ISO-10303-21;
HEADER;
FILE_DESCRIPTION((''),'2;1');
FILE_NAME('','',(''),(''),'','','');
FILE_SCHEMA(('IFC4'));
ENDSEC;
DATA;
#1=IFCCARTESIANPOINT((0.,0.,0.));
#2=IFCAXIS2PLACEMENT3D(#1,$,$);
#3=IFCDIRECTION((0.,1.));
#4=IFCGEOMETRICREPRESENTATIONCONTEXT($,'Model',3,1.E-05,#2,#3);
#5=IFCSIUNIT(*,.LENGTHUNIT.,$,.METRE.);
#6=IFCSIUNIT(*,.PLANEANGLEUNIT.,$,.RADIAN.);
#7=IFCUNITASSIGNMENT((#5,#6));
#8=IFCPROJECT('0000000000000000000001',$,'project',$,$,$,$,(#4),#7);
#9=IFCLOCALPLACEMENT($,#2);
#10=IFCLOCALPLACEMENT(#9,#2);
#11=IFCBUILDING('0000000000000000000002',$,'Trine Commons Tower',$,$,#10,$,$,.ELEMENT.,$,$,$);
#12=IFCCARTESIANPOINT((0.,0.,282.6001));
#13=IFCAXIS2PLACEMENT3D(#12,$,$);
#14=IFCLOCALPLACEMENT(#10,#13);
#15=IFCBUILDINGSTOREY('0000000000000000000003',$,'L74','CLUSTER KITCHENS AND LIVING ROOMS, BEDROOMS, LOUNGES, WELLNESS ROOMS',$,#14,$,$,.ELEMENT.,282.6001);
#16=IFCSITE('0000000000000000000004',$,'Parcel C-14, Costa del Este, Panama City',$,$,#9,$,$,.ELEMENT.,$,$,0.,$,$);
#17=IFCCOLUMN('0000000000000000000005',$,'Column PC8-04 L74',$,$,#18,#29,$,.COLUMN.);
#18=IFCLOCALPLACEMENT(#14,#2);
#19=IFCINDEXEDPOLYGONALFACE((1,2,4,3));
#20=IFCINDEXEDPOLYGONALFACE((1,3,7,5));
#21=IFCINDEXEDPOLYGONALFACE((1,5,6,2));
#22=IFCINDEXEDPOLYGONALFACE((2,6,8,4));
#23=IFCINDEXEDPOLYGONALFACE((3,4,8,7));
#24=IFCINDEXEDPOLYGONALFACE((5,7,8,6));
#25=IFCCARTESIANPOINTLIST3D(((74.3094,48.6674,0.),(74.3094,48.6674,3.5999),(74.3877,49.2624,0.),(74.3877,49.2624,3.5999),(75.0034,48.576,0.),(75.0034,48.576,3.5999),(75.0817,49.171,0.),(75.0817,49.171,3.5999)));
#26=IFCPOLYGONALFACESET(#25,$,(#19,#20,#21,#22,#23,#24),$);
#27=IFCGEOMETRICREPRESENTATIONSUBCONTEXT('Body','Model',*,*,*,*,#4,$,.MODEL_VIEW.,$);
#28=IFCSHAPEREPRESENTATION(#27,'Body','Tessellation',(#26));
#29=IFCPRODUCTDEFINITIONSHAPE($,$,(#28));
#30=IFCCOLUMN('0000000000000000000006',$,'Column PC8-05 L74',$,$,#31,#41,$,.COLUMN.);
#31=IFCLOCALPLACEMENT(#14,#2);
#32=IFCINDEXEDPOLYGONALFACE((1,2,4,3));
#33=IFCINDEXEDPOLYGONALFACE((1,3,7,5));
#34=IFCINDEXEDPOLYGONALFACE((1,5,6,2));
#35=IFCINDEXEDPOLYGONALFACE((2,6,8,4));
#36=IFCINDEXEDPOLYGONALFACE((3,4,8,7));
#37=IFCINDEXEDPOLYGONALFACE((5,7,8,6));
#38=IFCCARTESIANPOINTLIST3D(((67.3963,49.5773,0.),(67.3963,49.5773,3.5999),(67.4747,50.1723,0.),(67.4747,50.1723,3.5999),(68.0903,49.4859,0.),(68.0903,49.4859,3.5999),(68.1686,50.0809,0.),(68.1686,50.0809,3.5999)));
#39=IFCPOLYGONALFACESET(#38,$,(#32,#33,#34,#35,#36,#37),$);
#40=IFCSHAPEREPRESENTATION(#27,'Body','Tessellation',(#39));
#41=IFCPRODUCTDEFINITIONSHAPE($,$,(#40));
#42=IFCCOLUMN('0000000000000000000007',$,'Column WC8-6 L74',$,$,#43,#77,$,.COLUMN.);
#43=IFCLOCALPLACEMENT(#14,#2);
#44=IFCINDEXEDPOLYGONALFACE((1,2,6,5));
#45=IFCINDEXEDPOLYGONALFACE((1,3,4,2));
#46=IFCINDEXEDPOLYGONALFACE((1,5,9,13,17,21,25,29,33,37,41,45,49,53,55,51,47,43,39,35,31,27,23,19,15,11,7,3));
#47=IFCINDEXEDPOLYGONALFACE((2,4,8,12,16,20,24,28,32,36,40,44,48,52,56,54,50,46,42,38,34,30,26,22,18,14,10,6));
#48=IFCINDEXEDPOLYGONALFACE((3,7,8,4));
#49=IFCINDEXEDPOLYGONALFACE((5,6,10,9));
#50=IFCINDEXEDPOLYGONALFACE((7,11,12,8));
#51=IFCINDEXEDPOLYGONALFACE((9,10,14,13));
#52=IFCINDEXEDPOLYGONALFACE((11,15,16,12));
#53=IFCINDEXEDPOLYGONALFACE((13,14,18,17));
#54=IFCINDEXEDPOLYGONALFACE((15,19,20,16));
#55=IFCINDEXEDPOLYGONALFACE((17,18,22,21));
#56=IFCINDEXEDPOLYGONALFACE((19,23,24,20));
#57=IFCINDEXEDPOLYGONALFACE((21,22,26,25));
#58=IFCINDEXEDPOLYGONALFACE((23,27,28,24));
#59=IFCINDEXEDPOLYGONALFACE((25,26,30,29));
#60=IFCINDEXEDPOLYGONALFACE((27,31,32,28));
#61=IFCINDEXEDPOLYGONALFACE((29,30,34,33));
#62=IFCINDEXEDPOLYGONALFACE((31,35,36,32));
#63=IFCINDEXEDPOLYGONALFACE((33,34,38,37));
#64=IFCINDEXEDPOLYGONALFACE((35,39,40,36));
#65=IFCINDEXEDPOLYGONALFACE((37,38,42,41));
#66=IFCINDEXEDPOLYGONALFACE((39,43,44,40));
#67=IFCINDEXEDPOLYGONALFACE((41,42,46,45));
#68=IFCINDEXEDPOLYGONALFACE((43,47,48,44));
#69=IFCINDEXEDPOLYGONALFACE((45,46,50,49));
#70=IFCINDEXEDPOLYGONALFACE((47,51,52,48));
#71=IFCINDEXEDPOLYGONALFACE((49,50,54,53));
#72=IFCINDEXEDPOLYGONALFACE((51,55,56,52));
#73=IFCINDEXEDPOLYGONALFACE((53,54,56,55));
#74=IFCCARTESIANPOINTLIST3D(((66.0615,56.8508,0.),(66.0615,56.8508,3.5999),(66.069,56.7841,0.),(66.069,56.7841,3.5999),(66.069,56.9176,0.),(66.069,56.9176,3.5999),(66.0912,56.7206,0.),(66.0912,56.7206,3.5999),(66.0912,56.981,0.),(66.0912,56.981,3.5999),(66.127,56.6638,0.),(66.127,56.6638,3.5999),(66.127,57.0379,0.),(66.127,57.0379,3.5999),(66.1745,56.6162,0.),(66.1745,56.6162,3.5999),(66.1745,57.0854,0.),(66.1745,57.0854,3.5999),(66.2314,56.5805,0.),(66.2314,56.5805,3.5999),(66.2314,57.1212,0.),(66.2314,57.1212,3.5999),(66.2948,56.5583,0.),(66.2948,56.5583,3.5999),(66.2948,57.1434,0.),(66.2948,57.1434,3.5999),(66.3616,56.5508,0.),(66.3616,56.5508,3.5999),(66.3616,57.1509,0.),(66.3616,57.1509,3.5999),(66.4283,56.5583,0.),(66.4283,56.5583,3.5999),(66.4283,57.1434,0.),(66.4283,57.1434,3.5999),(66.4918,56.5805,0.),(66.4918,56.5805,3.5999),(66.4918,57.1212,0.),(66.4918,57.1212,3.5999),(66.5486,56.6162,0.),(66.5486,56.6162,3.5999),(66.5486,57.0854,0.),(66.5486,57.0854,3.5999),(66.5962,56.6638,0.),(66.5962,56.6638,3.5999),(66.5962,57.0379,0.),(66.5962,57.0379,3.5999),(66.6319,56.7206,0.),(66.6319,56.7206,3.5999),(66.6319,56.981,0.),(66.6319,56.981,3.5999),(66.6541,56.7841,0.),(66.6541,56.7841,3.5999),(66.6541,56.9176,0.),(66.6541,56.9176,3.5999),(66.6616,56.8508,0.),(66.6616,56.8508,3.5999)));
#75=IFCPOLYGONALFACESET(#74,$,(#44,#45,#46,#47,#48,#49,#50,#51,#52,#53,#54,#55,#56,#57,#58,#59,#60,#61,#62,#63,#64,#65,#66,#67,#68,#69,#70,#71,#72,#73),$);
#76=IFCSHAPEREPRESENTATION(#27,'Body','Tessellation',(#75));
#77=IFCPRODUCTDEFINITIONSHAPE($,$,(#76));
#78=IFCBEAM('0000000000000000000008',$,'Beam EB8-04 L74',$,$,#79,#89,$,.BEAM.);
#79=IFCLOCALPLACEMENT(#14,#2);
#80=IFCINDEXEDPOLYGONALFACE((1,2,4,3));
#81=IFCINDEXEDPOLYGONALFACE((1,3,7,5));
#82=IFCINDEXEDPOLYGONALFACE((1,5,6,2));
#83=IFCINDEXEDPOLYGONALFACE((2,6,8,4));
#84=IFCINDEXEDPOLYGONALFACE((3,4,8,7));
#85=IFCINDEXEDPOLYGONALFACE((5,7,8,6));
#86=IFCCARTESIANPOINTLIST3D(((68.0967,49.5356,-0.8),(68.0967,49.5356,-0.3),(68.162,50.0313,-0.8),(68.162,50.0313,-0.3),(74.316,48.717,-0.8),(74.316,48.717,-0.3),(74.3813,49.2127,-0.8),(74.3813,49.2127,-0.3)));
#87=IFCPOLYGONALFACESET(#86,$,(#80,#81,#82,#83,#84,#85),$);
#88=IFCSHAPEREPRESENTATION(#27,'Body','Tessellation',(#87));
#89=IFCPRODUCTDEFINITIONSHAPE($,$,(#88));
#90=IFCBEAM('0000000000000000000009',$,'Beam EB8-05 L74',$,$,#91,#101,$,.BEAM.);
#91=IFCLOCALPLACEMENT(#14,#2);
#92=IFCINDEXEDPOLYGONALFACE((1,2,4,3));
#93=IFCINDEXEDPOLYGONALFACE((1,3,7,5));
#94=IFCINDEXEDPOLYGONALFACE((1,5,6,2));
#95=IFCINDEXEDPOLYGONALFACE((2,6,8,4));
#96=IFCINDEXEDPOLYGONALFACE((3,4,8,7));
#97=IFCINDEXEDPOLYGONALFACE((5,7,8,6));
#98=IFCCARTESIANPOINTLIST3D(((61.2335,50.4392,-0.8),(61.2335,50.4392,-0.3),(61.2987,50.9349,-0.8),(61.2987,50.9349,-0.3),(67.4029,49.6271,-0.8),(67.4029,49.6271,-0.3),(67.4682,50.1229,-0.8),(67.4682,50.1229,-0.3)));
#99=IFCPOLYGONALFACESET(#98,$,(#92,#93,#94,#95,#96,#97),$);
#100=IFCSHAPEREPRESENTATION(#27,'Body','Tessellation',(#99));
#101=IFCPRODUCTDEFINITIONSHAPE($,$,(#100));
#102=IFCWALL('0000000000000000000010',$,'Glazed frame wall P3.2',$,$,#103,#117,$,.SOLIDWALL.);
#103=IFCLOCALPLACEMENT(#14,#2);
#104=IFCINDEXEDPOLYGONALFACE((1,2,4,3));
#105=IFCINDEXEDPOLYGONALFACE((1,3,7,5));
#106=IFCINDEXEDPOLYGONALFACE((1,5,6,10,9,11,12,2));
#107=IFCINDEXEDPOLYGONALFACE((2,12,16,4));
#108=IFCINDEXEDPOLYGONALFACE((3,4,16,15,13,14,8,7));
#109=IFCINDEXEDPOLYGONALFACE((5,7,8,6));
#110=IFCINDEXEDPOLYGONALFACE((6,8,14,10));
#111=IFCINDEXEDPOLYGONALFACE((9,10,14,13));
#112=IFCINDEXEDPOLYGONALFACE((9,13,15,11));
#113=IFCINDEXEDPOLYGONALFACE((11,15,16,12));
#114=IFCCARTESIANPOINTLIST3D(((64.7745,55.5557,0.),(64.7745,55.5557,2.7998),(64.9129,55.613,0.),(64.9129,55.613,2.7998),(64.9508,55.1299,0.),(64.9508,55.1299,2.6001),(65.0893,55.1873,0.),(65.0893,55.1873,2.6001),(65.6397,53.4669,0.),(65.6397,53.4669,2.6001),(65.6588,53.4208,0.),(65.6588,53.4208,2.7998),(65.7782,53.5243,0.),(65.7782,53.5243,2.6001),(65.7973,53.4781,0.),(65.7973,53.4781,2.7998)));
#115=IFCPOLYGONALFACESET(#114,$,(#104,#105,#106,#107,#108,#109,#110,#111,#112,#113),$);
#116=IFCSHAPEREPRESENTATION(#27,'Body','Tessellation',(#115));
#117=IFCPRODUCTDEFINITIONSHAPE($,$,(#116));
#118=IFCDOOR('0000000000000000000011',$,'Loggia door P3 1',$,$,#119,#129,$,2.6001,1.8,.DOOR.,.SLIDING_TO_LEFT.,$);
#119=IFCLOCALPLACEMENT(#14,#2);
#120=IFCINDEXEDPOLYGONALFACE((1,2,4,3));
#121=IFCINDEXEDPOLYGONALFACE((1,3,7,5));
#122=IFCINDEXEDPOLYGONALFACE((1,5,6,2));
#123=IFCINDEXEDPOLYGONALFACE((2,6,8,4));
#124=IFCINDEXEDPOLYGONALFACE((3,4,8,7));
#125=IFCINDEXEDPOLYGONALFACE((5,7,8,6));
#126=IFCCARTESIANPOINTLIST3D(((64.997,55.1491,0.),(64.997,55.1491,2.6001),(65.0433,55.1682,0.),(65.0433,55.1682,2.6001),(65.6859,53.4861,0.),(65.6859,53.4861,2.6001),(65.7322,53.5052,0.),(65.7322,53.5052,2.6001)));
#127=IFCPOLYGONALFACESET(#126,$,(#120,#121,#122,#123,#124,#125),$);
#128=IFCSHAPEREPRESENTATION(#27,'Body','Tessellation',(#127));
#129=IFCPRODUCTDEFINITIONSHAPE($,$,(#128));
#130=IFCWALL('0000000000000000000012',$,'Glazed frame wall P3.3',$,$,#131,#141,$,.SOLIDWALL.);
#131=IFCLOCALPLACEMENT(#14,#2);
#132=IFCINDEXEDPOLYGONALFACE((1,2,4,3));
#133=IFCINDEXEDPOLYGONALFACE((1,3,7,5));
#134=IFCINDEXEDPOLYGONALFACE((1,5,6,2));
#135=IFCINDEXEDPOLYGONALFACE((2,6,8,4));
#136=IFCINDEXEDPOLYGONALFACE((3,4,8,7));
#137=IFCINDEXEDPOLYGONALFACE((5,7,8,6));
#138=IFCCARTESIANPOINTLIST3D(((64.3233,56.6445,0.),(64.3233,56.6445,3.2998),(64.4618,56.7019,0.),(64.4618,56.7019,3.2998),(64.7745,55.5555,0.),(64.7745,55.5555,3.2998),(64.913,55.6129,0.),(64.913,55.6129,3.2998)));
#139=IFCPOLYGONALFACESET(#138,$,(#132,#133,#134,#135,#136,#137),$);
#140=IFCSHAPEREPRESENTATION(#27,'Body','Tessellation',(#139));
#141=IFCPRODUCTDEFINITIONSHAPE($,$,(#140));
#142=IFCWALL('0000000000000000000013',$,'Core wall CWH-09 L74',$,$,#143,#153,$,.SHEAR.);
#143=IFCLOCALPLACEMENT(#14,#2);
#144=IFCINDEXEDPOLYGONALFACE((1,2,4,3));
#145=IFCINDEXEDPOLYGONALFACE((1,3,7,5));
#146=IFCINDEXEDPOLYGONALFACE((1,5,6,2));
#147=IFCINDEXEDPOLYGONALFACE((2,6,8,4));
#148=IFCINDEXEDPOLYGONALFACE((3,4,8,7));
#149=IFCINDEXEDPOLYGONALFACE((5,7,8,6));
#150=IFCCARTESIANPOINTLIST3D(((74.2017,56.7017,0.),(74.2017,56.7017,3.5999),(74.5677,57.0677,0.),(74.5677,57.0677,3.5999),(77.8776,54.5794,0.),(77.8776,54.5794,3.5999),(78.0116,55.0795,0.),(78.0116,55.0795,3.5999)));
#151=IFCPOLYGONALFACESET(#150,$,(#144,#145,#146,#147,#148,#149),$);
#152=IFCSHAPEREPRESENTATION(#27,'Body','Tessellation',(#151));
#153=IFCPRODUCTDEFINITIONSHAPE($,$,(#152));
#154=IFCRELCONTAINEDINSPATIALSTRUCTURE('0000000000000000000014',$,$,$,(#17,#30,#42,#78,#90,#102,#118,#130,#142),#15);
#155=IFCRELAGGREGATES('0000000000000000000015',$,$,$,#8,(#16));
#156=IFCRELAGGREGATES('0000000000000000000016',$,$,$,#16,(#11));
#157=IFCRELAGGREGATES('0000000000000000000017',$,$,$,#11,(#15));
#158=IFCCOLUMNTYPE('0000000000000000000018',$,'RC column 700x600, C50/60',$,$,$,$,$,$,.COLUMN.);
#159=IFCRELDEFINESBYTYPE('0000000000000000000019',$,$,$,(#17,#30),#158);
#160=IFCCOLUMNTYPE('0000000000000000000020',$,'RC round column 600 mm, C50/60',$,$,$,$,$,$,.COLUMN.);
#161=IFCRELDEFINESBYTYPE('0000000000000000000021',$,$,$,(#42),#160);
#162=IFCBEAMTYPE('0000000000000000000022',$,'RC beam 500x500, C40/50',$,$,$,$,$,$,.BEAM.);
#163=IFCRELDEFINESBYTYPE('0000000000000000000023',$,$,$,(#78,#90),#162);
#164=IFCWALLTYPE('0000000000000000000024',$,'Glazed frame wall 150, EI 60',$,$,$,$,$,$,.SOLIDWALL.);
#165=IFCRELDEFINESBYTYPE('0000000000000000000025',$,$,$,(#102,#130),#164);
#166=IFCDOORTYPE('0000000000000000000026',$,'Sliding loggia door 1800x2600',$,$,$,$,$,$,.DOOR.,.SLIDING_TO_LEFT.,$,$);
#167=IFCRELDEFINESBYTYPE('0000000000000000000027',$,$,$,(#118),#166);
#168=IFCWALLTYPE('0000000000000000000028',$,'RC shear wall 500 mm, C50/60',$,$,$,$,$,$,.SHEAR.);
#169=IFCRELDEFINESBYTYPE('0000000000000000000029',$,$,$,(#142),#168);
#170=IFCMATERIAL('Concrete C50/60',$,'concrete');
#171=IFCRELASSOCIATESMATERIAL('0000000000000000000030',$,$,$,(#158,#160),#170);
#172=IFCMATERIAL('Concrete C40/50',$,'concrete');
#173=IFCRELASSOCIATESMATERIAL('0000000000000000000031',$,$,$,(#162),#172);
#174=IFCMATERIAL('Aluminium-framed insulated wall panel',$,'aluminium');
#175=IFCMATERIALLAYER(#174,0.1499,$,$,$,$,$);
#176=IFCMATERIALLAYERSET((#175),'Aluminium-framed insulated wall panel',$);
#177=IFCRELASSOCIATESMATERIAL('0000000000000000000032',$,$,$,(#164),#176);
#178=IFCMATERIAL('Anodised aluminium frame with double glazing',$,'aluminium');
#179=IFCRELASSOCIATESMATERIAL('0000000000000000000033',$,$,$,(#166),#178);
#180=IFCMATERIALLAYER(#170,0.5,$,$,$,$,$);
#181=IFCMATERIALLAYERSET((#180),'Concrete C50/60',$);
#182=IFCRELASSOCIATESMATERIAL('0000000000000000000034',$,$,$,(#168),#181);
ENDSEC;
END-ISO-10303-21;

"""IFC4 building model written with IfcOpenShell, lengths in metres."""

from ifc_helpers import new_model, si_unit, direction, frame, frame_2d, origin, origin_2d, place, context, subcontext, project, spatial, polyline, rectangle, circle, outline, extrude, material, layer, layer_set, material_profile, profile_set, type_object, element, fill, save


model = new_model("IFC4")

# Units and contexts
model_context = context("Model", 3, precision=1e-05, world=origin(), true_north=direction((0.0, 1.0)))
body_context = subcontext(model_context, "Body", "Model", "MODEL_VIEW")
ifc_project = project(units=[si_unit("LENGTHUNIT", "METRE"), si_unit("PLANEANGLEUNIT", "RADIAN")], contexts=[model_context])

# Site, building, storey
site_placement = place(None, origin())
site = spatial("IfcSite", under=ifc_project, at=site_placement, Name="Parcel C-14, Costa del Este, Panama City", CompositionType="ELEMENT", RefElevation=0.0)
building_placement = place(site_placement, origin())
building = spatial("IfcBuilding", under=site, at=building_placement, Name="Trine Commons Tower", CompositionType="ELEMENT")
storey_placement = place(building_placement, frame((0.0, 0.0, 282.6001)))
storey = spatial("IfcBuildingStorey", under=building, at=storey_placement, Name="L74", Description="CLUSTER KITCHENS AND LIVING ROOMS, BEDROOMS, LOUNGES, WELLNESS ROOMS", CompositionType="ELEMENT", Elevation=282.6001)

# Columns
ifc_material_1 = material(Name="Concrete C50/60", Category="concrete")
ifc_material_profile_1 = material_profile(ifc_material_1, rectangle(XDim=0.7, YDim=0.6001, at=origin_2d()), Name="RC 700x600")
ifc_profile_set_1 = profile_set([ifc_material_profile_1], Name="Concrete C50/60")
column_type_1 = type_object("IfcColumnType", Name="RC column 700x600, C50/60", PredefinedType="COLUMN", material=ifc_profile_set_1)
for number, where, z_axis, x_axis, name in (
    (1, (74.6956, 48.9192, 0.0), (0.0, 0.0, 1.0), (-0.991445, 0.130526, 0.0), "Column PC8-04 L74"),
    (2, (67.7825, 49.8291, 0.0), (0.0, 0.0, 1.0), (-0.991445, 0.130526, 0.0), "Column PC8-05 L74"),
):
    element("IfcColumn", number, at=place(storey_placement, frame(where, z_axis=z_axis, x_axis=x_axis)), inside=storey, type_object=column_type_1, Name=name, PredefinedType="COLUMN", context=body_context, shape_type="SweptSolid", body=[
        extrude(rectangle(XDim=0.7, YDim=0.6001, at=origin_2d()), origin(), (0.0, 0.0, 1.0), 3.5999),
    ])
ifc_material_profile_2 = material_profile(ifc_material_1, circle(Radius=0.3, at=origin_2d()), Name="RC round 600")
ifc_profile_set_2 = profile_set([ifc_material_profile_2], Name="Concrete C50/60")
column_type_2 = type_object("IfcColumnType", Name="RC round column 600 mm, C50/60", PredefinedType="COLUMN", material=ifc_profile_set_2)
column_placement = place(storey_placement, frame((66.3616, 56.8508, 0.0), z_axis=(0.0, 0.0, 1.0), x_axis=(1.0, 0.0, 0.0)))
element("IfcColumn", 3, at=column_placement, inside=storey, type_object=column_type_2, Name="Column WC8-6 L74", PredefinedType="COLUMN", context=body_context, shape_type="SweptSolid", body=[
    extrude(circle(Radius=0.3, at=origin_2d()), origin(), (0.0, 0.0, 1.0), 3.5999),
])

# Beams
ifc_material_2 = material(Name="Concrete C40/50", Category="concrete")
ifc_material_profile_3 = material_profile(ifc_material_2, rectangle(XDim=0.5, YDim=0.5, at=origin_2d()), Name="RC 500x500")
ifc_profile_set_3 = profile_set([ifc_material_profile_3], Name="Concrete C40/50")
beam_type = type_object("IfcBeamType", Name="RC beam 500x500, C40/50", PredefinedType="BEAM", material=ifc_profile_set_3)
beam_1_placement = place(storey_placement, frame((74.3486, 48.9648, -0.55), z_axis=(-0.991448, 0.130499, 0.0), x_axis=(-0.130499, -0.991448, 0.0)))
element("IfcBeam", 4, at=beam_1_placement, inside=storey, type_object=beam_type, Name="Beam EB8-04 L74", PredefinedType="BEAM", context=body_context, shape_type="SweptSolid", body=[
    extrude(rectangle(XDim=0.5, YDim=0.5, at=origin_2d()), origin(), (0.0, 0.0, 1.0), 6.2729),
])
beam_2_placement = place(storey_placement, frame((67.4355, 49.875, -0.55), z_axis=(-0.991449, 0.130493, 0.0), x_axis=(-0.130493, -0.991449, 0.0)))
element("IfcBeam", 5, at=beam_2_placement, inside=storey, type_object=beam_type, Name="Beam EB8-05 L74", PredefinedType="BEAM", context=body_context, shape_type="SweptSolid", body=[
    extrude(rectangle(XDim=0.5, YDim=0.5, at=origin_2d()), origin(), (0.0, 0.0, 1.0), 6.2227),
])

# Shared definitions
ifc_material_3 = material(Name="Aluminium-framed insulated wall panel", Category="aluminium")
ifc_layer_1 = layer(ifc_material_3, 0.1499)
ifc_layer_set_1 = layer_set([ifc_layer_1], Name="Aluminium-framed insulated wall panel")
wall_type_1 = type_object("IfcWallType", Name="Glazed frame wall 150, EI 60", PredefinedType="SOLIDWALL", material=ifc_layer_set_1)

# Wall, opening, door
wall_1_placement = place(storey_placement, frame((65.728, 53.4495, 0.0), z_axis=(0.0, 0.0, 1.0), x_axis=(-0.382694, 0.923875, 0.0)))
wall_1 = element("IfcWall", 6, at=wall_1_placement, inside=storey, type_object=wall_type_1, Name="Glazed frame wall P3.2", PredefinedType="SOLIDWALL", context=body_context, shape_type="SweptSolid", body=[
    extrude(outline(polyline([(0.0, -0.075), (2.3108, -0.075), (2.3108, 0.075), (0.0, 0.075), (0.0, -0.075)])), origin(), (0.0, 0.0, 1.0), 2.7998),
])
opening_1_placement = place(wall_1_placement, frame((0.05, 0.0, 0.0)))
opening_1 = element("IfcOpeningElement", 7, at=opening_1_placement, cuts=wall_1, PredefinedType="OPENING", context=body_context, shape_type="SweptSolid", body=[
    extrude(rectangle(XDim=1.8, YDim=2.6001, at=frame_2d((0.8999, 1.3))), frame((0.0, 0.085, 0.0), z_axis=(0.0, -1.0, 0.0), x_axis=(1.0, 0.0, 0.0)), (0.0, 0.0, 1.0), 0.1699),
])
ifc_material_4 = material(Name="Anodised aluminium frame with double glazing", Category="aluminium")
door_type_1 = type_object("IfcDoorType", Name="Sliding loggia door 1800x2600", OperationType="SLIDING_TO_LEFT", PredefinedType="DOOR", material=ifc_material_4)
door_1_placement = place(opening_1_placement, origin())
door_1 = element("IfcDoor", 8, at=door_1_placement, inside=storey, type_object=door_type_1, Name="Loggia door P3 1", OperationType="SLIDING_TO_LEFT", OverallHeight=2.6001, OverallWidth=1.8, PredefinedType="DOOR", context=body_context, shape_type="SweptSolid", body=[
    extrude(rectangle(XDim=1.8, YDim=2.6001, at=frame_2d((0.8999, 1.3))), frame((0.0, 0.0249, 0.0), z_axis=(0.0, -1.0, 0.0), x_axis=(1.0, 0.0, 0.0)), (0.0, 0.0, 1.0), 0.05),
])
fill(opening_1, door_1)

# Walls
wall_2_placement = place(storey_placement, frame((64.8438, 55.5842, 0.0), z_axis=(0.0, 0.0, 1.0), x_axis=(-0.382791, 0.923835, 0.0)))
element("IfcWall", 9, at=wall_2_placement, inside=storey, type_object=wall_type_1, Name="Glazed frame wall P3.3", PredefinedType="SOLIDWALL", context=body_context, shape_type="SweptSolid", body=[
    extrude(outline(polyline([(0.0, -0.075), (1.1787, -0.075), (1.1787, 0.075), (0.0, 0.075), (0.0, -0.075)])), origin(), (0.0, 0.0, 1.0), 3.2998),
])
ifc_layer_2 = layer(ifc_material_1, 0.5)
ifc_layer_set_2 = layer_set([ifc_layer_2], Name="Concrete C50/60")
wall_type_2 = type_object("IfcWallType", Name="RC shear wall 500 mm, C50/60", PredefinedType="SHEAR", material=ifc_layer_set_2)
wall_3_placement = place(storey_placement, frame((74.3267, 56.9182, 0.0), z_axis=(0.0, 0.0, 1.0), x_axis=(0.866029, -0.499993, 0.0)))
element("IfcWall", 10, at=wall_3_placement, inside=storey, type_object=wall_type_2, Name="Core wall CWH-09 L74", PredefinedType="SHEAR", context=body_context, shape_type="SweptSolid", body=[
    extrude(outline(polyline([(0.0, -0.25), (4.2446, -0.25), (4.1106, 0.25), (0.134, 0.25), (0.0, -0.25)])), origin(), (0.0, 0.0, 1.0), 3.5999),
])

save(model, "model.ifc")
